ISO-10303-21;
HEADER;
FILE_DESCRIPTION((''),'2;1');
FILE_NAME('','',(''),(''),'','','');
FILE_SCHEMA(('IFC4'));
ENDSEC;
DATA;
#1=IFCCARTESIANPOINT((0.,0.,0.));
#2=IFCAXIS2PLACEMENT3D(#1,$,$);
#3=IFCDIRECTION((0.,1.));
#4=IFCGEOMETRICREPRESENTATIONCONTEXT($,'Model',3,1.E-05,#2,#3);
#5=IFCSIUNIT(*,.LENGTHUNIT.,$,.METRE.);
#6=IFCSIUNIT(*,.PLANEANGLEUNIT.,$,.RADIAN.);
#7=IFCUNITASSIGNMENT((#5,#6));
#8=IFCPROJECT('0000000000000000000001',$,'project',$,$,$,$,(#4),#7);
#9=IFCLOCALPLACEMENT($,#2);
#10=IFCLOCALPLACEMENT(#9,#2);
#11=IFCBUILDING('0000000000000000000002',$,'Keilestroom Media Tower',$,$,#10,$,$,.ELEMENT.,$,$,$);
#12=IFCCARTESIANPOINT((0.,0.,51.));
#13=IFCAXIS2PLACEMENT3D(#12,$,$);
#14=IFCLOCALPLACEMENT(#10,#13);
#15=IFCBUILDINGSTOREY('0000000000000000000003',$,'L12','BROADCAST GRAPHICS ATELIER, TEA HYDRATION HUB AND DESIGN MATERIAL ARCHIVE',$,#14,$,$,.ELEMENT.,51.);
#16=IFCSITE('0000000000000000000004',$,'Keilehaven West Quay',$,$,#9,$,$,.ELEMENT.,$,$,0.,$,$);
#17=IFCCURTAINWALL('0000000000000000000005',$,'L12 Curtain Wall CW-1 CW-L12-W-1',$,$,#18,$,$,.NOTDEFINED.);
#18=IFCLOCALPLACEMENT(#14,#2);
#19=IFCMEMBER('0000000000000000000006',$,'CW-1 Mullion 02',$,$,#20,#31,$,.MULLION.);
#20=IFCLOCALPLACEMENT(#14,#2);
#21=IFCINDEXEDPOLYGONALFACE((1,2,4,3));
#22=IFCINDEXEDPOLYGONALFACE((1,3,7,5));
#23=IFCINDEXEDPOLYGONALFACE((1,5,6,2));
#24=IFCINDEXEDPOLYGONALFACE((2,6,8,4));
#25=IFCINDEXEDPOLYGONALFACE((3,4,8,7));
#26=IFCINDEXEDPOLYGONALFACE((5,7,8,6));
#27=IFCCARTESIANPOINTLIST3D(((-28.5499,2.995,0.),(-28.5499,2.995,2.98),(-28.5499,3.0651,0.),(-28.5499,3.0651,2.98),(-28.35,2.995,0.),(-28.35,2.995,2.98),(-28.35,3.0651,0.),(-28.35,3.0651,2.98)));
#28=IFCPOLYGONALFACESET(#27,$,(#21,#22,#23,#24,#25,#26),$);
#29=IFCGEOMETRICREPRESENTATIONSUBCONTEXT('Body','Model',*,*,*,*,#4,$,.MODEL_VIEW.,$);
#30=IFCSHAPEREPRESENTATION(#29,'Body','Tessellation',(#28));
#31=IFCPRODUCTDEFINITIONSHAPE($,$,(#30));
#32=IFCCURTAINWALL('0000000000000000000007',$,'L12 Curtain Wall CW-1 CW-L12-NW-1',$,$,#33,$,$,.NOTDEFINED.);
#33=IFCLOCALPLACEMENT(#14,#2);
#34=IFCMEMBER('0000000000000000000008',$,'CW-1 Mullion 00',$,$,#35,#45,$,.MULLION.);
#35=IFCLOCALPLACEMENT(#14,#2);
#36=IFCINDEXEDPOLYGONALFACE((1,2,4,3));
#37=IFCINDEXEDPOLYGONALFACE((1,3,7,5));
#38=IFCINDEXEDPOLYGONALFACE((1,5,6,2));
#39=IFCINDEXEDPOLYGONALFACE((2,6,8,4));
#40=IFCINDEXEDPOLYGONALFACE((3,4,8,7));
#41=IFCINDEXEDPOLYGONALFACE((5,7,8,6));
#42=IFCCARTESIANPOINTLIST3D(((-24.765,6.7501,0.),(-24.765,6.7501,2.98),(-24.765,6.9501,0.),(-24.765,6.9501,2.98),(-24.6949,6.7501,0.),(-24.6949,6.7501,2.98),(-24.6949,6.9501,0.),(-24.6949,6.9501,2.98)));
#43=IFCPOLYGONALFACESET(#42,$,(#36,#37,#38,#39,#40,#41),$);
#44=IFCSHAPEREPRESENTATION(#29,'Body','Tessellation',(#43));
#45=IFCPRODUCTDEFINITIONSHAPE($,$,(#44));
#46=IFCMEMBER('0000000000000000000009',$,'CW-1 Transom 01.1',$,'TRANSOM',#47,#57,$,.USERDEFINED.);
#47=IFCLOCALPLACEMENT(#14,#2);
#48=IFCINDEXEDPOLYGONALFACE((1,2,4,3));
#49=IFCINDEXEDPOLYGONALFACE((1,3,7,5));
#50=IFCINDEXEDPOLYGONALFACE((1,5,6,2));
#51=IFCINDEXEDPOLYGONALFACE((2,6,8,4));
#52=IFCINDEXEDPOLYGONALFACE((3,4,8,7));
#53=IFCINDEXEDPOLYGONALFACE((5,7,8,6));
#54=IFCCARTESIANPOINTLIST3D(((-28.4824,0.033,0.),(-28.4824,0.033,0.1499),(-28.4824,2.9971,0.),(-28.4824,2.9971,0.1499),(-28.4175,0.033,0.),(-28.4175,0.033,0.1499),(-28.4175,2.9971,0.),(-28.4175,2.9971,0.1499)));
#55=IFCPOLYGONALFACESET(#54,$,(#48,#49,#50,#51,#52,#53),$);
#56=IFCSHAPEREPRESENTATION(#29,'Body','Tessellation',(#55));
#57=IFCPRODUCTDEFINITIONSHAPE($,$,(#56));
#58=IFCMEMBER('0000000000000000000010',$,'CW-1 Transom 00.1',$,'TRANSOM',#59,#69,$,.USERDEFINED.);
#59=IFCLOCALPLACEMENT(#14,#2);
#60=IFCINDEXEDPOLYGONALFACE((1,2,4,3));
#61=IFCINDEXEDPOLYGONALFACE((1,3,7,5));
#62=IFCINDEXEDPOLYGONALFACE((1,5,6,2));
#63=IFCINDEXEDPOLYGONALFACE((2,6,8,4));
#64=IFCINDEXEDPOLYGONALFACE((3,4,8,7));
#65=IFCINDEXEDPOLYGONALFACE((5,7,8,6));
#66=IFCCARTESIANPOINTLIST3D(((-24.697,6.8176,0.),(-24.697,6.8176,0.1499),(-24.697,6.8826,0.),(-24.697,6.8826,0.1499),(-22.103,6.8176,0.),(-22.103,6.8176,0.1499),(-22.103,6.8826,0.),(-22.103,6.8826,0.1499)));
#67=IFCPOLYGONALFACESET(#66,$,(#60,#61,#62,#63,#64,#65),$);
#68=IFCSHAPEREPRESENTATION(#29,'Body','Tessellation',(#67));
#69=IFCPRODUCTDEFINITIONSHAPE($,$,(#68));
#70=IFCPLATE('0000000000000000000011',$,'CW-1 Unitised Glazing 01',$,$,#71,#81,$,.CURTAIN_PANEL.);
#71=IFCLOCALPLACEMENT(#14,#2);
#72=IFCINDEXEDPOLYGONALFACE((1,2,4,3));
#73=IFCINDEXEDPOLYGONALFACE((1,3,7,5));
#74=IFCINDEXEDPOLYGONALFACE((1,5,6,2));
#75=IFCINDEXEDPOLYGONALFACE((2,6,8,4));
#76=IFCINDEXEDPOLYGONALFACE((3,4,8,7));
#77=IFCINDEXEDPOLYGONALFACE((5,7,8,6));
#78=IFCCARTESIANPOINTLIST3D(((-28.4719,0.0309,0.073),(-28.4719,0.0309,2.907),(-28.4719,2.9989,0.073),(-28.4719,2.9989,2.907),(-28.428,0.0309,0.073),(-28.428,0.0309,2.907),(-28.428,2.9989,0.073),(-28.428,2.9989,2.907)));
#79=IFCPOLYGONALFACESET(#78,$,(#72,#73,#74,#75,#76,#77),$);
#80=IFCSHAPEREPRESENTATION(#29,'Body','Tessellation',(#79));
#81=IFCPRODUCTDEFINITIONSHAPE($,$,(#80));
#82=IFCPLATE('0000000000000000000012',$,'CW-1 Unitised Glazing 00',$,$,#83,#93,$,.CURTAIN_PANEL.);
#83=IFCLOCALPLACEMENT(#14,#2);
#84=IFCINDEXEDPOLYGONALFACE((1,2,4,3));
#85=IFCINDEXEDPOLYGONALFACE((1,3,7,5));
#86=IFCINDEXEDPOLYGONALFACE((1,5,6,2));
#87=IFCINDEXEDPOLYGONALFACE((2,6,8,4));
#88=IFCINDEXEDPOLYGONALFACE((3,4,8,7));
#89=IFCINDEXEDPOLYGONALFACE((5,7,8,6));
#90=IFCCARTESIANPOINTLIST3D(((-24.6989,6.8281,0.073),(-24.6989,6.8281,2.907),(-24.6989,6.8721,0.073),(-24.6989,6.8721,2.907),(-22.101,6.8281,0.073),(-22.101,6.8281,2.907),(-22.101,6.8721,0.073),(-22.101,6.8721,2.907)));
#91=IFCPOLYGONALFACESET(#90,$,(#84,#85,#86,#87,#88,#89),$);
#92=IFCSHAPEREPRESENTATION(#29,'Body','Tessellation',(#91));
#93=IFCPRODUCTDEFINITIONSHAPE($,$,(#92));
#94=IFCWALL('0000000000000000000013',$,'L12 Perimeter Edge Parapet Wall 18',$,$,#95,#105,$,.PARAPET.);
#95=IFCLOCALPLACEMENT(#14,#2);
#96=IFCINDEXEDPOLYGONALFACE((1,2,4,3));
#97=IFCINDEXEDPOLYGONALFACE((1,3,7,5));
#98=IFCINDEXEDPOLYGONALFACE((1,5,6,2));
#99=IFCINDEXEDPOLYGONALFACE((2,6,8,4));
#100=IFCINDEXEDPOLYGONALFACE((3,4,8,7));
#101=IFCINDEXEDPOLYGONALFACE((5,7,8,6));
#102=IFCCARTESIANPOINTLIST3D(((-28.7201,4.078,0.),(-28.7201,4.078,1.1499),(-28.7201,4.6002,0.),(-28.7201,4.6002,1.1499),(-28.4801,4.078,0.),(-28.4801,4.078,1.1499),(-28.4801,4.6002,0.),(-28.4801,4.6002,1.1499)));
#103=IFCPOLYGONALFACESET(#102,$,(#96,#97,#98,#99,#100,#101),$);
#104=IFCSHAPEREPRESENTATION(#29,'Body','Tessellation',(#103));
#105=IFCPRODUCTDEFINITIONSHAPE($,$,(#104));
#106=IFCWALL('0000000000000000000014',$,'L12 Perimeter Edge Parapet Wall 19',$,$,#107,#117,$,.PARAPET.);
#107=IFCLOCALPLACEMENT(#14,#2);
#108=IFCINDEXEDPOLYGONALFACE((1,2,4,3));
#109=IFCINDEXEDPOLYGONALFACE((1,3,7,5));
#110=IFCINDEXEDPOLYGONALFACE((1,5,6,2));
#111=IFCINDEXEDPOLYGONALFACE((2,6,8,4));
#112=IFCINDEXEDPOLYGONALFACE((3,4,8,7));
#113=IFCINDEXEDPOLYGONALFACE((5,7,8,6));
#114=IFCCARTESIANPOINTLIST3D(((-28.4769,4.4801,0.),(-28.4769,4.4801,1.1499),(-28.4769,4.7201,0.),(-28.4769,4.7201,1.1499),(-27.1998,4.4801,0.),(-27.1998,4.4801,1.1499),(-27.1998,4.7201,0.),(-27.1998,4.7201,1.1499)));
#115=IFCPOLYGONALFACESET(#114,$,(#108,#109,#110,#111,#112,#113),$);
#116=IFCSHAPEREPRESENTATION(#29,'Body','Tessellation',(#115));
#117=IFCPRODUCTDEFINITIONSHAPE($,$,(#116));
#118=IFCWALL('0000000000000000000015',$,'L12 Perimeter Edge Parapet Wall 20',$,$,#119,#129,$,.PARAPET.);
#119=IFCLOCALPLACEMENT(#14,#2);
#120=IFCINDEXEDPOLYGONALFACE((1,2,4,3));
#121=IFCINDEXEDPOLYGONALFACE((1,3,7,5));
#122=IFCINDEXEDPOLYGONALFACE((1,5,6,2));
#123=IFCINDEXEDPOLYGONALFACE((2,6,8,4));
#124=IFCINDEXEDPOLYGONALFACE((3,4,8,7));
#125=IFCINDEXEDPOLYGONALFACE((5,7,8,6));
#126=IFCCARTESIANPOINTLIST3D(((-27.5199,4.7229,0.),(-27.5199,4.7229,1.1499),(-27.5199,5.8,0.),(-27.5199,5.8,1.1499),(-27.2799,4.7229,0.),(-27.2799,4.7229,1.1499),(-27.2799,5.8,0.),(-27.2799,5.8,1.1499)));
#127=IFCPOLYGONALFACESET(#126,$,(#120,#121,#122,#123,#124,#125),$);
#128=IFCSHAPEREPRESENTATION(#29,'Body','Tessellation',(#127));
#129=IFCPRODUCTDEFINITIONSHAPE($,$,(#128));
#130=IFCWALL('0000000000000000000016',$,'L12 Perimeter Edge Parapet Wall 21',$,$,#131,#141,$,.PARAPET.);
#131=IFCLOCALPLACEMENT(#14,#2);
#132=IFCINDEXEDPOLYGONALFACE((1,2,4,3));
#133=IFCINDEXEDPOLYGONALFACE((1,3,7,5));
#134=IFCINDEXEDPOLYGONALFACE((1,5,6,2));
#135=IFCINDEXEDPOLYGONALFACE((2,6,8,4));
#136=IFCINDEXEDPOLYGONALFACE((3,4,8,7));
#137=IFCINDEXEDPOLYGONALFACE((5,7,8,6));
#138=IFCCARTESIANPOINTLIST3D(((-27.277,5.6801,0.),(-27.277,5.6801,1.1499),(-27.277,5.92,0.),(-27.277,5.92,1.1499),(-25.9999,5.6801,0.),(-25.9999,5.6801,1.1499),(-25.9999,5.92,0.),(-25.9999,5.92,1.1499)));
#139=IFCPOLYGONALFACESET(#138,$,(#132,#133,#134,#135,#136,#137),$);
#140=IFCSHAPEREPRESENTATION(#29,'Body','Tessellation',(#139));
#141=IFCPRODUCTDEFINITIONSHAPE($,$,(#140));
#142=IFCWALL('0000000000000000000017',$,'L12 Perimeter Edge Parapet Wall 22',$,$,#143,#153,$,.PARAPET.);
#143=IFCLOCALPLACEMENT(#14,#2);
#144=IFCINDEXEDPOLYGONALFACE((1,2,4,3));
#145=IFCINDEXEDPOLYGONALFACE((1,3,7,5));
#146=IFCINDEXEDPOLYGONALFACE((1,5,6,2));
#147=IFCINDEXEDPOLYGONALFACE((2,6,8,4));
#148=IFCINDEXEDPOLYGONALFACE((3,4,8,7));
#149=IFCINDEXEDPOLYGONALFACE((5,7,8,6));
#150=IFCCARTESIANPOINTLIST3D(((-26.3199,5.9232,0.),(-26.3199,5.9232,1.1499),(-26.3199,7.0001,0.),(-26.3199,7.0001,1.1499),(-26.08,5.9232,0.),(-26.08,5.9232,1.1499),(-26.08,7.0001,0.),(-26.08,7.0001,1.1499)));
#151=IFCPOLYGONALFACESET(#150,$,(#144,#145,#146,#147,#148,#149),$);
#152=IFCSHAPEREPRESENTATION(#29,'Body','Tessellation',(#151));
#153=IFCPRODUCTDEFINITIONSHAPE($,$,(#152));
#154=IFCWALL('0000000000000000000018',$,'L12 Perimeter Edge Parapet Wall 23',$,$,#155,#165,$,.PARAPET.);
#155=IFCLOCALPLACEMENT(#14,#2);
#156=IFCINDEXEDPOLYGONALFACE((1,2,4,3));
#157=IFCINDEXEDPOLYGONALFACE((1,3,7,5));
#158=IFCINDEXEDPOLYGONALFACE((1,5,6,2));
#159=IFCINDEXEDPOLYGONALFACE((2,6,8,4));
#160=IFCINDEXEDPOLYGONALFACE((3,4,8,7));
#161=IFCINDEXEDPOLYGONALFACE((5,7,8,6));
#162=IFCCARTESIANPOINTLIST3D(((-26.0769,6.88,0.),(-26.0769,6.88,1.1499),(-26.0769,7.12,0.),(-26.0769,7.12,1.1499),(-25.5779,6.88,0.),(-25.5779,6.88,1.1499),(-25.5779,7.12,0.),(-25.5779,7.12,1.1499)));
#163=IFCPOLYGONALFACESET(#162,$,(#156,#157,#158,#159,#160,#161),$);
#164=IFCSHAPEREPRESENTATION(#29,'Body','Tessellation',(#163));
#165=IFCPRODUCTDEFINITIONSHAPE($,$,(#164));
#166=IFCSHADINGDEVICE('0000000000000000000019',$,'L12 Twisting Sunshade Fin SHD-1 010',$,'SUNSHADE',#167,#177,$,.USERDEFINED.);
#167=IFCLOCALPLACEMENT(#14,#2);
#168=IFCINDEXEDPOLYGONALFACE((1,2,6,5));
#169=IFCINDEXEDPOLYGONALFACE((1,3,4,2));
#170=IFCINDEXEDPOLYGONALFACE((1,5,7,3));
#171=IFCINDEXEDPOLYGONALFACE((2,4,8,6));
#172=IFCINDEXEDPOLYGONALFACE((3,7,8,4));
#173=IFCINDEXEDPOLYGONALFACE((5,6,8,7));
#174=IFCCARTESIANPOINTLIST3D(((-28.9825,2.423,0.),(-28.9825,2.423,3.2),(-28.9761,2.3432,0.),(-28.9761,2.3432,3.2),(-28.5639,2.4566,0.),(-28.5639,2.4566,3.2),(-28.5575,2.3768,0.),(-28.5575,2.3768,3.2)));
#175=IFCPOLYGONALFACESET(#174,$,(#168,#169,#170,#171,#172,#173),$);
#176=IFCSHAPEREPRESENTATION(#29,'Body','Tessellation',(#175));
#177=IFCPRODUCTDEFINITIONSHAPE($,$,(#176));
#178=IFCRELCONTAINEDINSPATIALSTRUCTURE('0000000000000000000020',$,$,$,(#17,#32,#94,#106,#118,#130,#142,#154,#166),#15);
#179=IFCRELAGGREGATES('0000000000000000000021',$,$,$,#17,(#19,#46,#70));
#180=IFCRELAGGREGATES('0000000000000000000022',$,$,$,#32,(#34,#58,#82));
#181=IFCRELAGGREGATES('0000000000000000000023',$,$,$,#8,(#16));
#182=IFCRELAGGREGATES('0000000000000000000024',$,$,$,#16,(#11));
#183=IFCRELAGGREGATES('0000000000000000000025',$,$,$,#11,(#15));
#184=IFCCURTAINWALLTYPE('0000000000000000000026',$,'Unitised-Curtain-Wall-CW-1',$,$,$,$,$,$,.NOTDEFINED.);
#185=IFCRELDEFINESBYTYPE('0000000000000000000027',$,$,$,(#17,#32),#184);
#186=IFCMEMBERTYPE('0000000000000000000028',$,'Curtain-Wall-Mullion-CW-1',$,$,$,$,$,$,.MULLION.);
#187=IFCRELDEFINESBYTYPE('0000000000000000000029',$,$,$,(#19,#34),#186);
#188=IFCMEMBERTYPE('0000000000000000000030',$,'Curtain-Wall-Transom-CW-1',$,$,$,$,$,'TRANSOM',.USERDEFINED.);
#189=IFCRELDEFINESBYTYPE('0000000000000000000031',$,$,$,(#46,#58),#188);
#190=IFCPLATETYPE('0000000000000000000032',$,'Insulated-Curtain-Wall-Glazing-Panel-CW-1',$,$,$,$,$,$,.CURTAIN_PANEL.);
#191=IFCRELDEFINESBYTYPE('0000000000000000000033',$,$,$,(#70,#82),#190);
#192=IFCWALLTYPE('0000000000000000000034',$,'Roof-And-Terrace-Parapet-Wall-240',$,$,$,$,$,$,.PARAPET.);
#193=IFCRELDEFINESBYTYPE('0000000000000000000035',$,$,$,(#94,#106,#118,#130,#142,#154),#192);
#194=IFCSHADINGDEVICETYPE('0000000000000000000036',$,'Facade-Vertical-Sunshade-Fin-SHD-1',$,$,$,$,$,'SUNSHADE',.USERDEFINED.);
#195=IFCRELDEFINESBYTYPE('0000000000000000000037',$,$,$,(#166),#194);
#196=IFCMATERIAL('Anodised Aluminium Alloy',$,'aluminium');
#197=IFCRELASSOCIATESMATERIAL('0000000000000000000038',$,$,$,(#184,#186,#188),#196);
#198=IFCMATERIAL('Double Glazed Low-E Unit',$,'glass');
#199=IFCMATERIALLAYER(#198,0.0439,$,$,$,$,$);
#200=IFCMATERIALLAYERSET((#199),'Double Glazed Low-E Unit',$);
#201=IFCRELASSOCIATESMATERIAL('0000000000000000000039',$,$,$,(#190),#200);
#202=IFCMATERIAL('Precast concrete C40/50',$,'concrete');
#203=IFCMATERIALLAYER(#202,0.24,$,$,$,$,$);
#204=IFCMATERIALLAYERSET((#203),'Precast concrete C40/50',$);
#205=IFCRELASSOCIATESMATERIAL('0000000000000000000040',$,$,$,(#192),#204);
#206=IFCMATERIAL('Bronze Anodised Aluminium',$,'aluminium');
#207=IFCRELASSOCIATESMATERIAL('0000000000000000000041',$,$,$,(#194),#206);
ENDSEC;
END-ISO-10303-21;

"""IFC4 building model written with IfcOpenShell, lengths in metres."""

from ifc_helpers import new_model, si_unit, direction, frame, frame_2d, origin, origin_2d, place, context, subcontext, project, spatial, rectangle, extrude, source, transform, mapped, material, layer, layer_set, material_profile, profile_set, type_object, element, aggregate, save


model = new_model("IFC4")

# Units and contexts
model_context = context("Model", 3, precision=1e-05, world=origin(), true_north=direction((0.0, 1.0)))
body_context = subcontext(model_context, "Body", "Model", "MODEL_VIEW")
ifc_project = project(units=[si_unit("LENGTHUNIT", "METRE"), si_unit("PLANEANGLEUNIT", "RADIAN")], contexts=[model_context])

# Site, building, storey
site_placement = place(None, origin())
site = spatial("IfcSite", under=ifc_project, at=site_placement, Name="Keilehaven West Quay", CompositionType="ELEMENT", RefElevation=0.0)
building_placement = place(site_placement, origin())
building = spatial("IfcBuilding", under=site, at=building_placement, Name="Keilestroom Media Tower", CompositionType="ELEMENT")
storey_placement = place(building_placement, frame((0.0, 0.0, 51.0)))
storey = spatial("IfcBuildingStorey", under=building, at=storey_placement, Name="L12", Description="BROADCAST GRAPHICS ATELIER, TEA HYDRATION HUB AND DESIGN MATERIAL ARCHIVE", CompositionType="ELEMENT", Elevation=51.0)

# Shared definitions
ifc_material_1 = material(Name="Precast concrete C40/50", Category="concrete")

# Curtain wall, member
ifc_material_2 = material(Name="Anodised Aluminium Alloy", Category="aluminium")
curtain_wall_type = type_object("IfcCurtainWallType", Name="Unitised-Curtain-Wall-CW-1", PredefinedType="NOTDEFINED", material=ifc_material_2)
curtain_wall_1_placement = place(storey_placement, origin())
curtain_wall_1 = element("IfcCurtainWall", 1, at=curtain_wall_1_placement, inside=storey, type_object=curtain_wall_type, Name="L12 Curtain Wall CW-1 CW-L12-W-1", PredefinedType="NOTDEFINED")
ifc_material_profile_1 = material_profile(ifc_material_2, rectangle(XDim=0.0701, YDim=0.2, at=origin_2d()), Name="ALU MULLION 70x200")
ifc_profile_set_1 = profile_set([ifc_material_profile_1], Name="Anodised Aluminium Alloy")
member_type_1 = type_object("IfcMemberType", Name="Curtain-Wall-Mullion-CW-1", PredefinedType="MULLION", material=ifc_profile_set_1)
shared_shape_1 = source(origin(), body_context, "Body", "SweptSolid", [
    extrude(rectangle(XDim=0.0701, YDim=0.2, at=origin_2d()), origin(), (0.0, 0.0, 1.0), 2.98),
])
member_1_placement = place(storey_placement, frame((-28.45, 3.03, 0.0), z_axis=(0.0, 0.0, 1.0), x_axis=(0.0, 1.0, 0.0)))
member_1 = element("IfcMember", 2, at=member_1_placement, type_object=member_type_1, Name="CW-1 Mullion 02", PredefinedType="MULLION", context=body_context, shape_type="MappedRepresentation", body=[
    mapped(shared_shape_1, transform((0.0, 0.0, 0.0), x_axis=(1.0, 0.0, 0.0), y_axis=(0.0, 1.0, 0.0), z_axis=(0.0, 0.0, 1.0), scale=1.0)),
])

# Curtain wall, member
curtain_wall_2_placement = place(storey_placement, origin())
curtain_wall_2 = element("IfcCurtainWall", 3, at=curtain_wall_2_placement, inside=storey, type_object=curtain_wall_type, Name="L12 Curtain Wall CW-1 CW-L12-NW-1", PredefinedType="NOTDEFINED")
member_2_placement = place(storey_placement, frame((-24.73, 6.8501, 0.0), z_axis=(0.0, 0.0, 1.0), x_axis=(1.0, 0.0, 0.0)))
member_2 = element("IfcMember", 4, at=member_2_placement, type_object=member_type_1, Name="CW-1 Mullion 00", PredefinedType="MULLION", context=body_context, shape_type="MappedRepresentation", body=[
    mapped(shared_shape_1, transform((0.0, 0.0, 0.0), x_axis=(1.0, 0.0, 0.0), y_axis=(0.0, 1.0, 0.0), z_axis=(0.0, 0.0, 1.0), scale=1.0)),
])

# Members
ifc_material_profile_2 = material_profile(ifc_material_2, rectangle(XDim=0.0649, YDim=0.1499, at=origin_2d()), Name="ALU TRANSOM 65x150")
ifc_profile_set_2 = profile_set([ifc_material_profile_2], Name="Anodised Aluminium Alloy")
member_type_2 = type_object("IfcMemberType", Name="Curtain-Wall-Transom-CW-1", ElementType="TRANSOM", PredefinedType="USERDEFINED", material=ifc_profile_set_2)
shared_shape_2 = source(origin(), body_context, "Body", "SweptSolid", [
    extrude(rectangle(XDim=0.0649, YDim=0.1499, at=origin_2d()), origin(), (0.0, 0.0, 1.0), 2.9641),
])
member_3_placement = place(storey_placement, frame((-28.45, 0.033, 0.075), z_axis=(0.0, 1.0, 0.0), x_axis=(-1.0, 0.0, 0.0)))
member_3 = element("IfcMember", 5, at=member_3_placement, type_object=member_type_2, Name="CW-1 Transom 01.1", ObjectType="TRANSOM", PredefinedType="USERDEFINED", context=body_context, shape_type="MappedRepresentation", body=[
    mapped(shared_shape_2, transform((0.0, 0.0, 0.0), x_axis=(1.0, 0.0, 0.0), y_axis=(0.0, 1.0, 0.0), z_axis=(0.0, 0.0, 1.0), scale=1.0)),
])
shared_shape_3 = source(origin(), body_context, "Body", "SweptSolid", [
    extrude(rectangle(XDim=0.0649, YDim=0.1499, at=origin_2d()), origin(), (0.0, 0.0, 1.0), 2.594),
])
member_4_placement = place(storey_placement, frame((-24.697, 6.8501, 0.075), z_axis=(1.0, 0.0, 0.0), x_axis=(0.0, 1.0, 0.0)))
member_4 = element("IfcMember", 6, at=member_4_placement, type_object=member_type_2, Name="CW-1 Transom 00.1", ObjectType="TRANSOM", PredefinedType="USERDEFINED", context=body_context, shape_type="MappedRepresentation", body=[
    mapped(shared_shape_3, transform((0.0, 0.0, 0.0), x_axis=(1.0, 0.0, 0.0), y_axis=(0.0, 1.0, 0.0), z_axis=(0.0, 0.0, 1.0), scale=1.0)),
])

# Plates
ifc_material_3 = material(Name="Double Glazed Low-E Unit", Category="glass")
ifc_layer_1 = layer(ifc_material_3, 0.0439)
ifc_layer_set_1 = layer_set([ifc_layer_1], Name="Double Glazed Low-E Unit")
plate_type = type_object("IfcPlateType", Name="Insulated-Curtain-Wall-Glazing-Panel-CW-1", PredefinedType="CURTAIN_PANEL", material=ifc_layer_set_1)
shared_shape_4 = source(origin(), body_context, "Body", "SweptSolid", [
    extrude(rectangle(XDim=2.968, YDim=0.0439, at=origin_2d()), origin(), (0.0, 0.0, 1.0), 2.834),
])
plate_1_placement = place(storey_placement, frame((-28.45, 1.5149, 0.073), z_axis=(0.0, 0.0, 1.0), x_axis=(0.0, 1.0, 0.0)))
plate_1 = element("IfcPlate", 7, at=plate_1_placement, type_object=plate_type, Name="CW-1 Unitised Glazing 01", PredefinedType="CURTAIN_PANEL", context=body_context, shape_type="MappedRepresentation", body=[
    mapped(shared_shape_4, transform((0.0, 0.0, 0.0), x_axis=(1.0, 0.0, 0.0), y_axis=(0.0, 1.0, 0.0), z_axis=(0.0, 0.0, 1.0), scale=1.0)),
])
aggregate(curtain_wall_1, [member_1, member_3, plate_1])
shared_shape_5 = source(origin(), body_context, "Body", "SweptSolid", [
    extrude(rectangle(XDim=2.5979, YDim=0.0439, at=origin_2d()), origin(), (0.0, 0.0, 1.0), 2.834),
])
plate_2_placement = place(storey_placement, frame((-23.3999, 6.8501, 0.073), z_axis=(0.0, 0.0, 1.0), x_axis=(1.0, 0.0, 0.0)))
plate_2 = element("IfcPlate", 8, at=plate_2_placement, type_object=plate_type, Name="CW-1 Unitised Glazing 00", PredefinedType="CURTAIN_PANEL", context=body_context, shape_type="MappedRepresentation", body=[
    mapped(shared_shape_5, transform((0.0, 0.0, 0.0), x_axis=(1.0, 0.0, 0.0), y_axis=(0.0, 1.0, 0.0), z_axis=(0.0, 0.0, 1.0), scale=1.0)),
])
aggregate(curtain_wall_2, [member_2, member_4, plate_2])

# Walls
ifc_layer_2 = layer(ifc_material_1, 0.24)
ifc_layer_set_2 = layer_set([ifc_layer_2], Name="Precast concrete C40/50")
wall_type = type_object("IfcWallType", Name="Roof-And-Terrace-Parapet-Wall-240", PredefinedType="PARAPET", material=ifc_layer_set_2)
wall_1_placement = place(storey_placement, frame((-28.6001, 4.0779, 0.0), z_axis=(0.0, 0.0, 1.0), x_axis=(0.0, 1.0, 0.0)))
element("IfcWall", 9, at=wall_1_placement, inside=storey, type_object=wall_type, Name="L12 Perimeter Edge Parapet Wall 18", PredefinedType="PARAPET", context=body_context, shape_type="SweptSolid", body=[
    extrude(rectangle(XDim=0.5222, YDim=0.24, at=frame_2d((0.2612, 0.0))), origin(), (0.0, 0.0, 1.0), 1.1499),
])
wall_2_placement = place(storey_placement, frame((-28.4771, 4.6001, 0.0), z_axis=(0.0, 0.0, 1.0), x_axis=(1.0, 0.0, 0.0)))
element("IfcWall", 10, at=wall_2_placement, inside=storey, type_object=wall_type, Name="L12 Perimeter Edge Parapet Wall 19", PredefinedType="PARAPET", context=body_context, shape_type="SweptSolid", body=[
    extrude(rectangle(XDim=1.2771, YDim=0.24, at=frame_2d((0.6387, 0.0))), origin(), (0.0, 0.0, 1.0), 1.1499),
])
wall_3_placement = place(storey_placement, frame((-27.3999, 4.7229, 0.0), z_axis=(0.0, 0.0, 1.0), x_axis=(0.0, 1.0, 0.0)))
element("IfcWall", 11, at=wall_3_placement, inside=storey, type_object=wall_type, Name="L12 Perimeter Edge Parapet Wall 20", PredefinedType="PARAPET", context=body_context, shape_type="SweptSolid", body=[
    extrude(rectangle(XDim=1.0771, YDim=0.24, at=frame_2d((0.5386, 0.0))), origin(), (0.0, 0.0, 1.0), 1.1499),
])
wall_4_placement = place(storey_placement, frame((-27.2771, 5.8, 0.0), z_axis=(0.0, 0.0, 1.0), x_axis=(1.0, 0.0, 0.0)))
element("IfcWall", 12, at=wall_4_placement, inside=storey, type_object=wall_type, Name="L12 Perimeter Edge Parapet Wall 21", PredefinedType="PARAPET", context=body_context, shape_type="SweptSolid", body=[
    extrude(rectangle(XDim=1.2771, YDim=0.24, at=frame_2d((0.6387, 0.0))), origin(), (0.0, 0.0, 1.0), 1.1499),
])
wall_5_placement = place(storey_placement, frame((-26.2, 5.9231, 0.0), z_axis=(0.0, 0.0, 1.0), x_axis=(0.0, 1.0, 0.0)))
element("IfcWall", 13, at=wall_5_placement, inside=storey, type_object=wall_type, Name="L12 Perimeter Edge Parapet Wall 22", PredefinedType="PARAPET", context=body_context, shape_type="SweptSolid", body=[
    extrude(rectangle(XDim=1.0769, YDim=0.24, at=frame_2d((0.5386, 0.0))), origin(), (0.0, 0.0, 1.0), 1.1499),
])
wall_6_placement = place(storey_placement, frame((-26.0769, 7.0, 0.0), z_axis=(0.0, 0.0, 1.0), x_axis=(1.0, 0.0, 0.0)))
element("IfcWall", 14, at=wall_6_placement, inside=storey, type_object=wall_type, Name="L12 Perimeter Edge Parapet Wall 23", PredefinedType="PARAPET", context=body_context, shape_type="SweptSolid", body=[
    extrude(rectangle(XDim=0.499, YDim=0.24, at=frame_2d((0.2495, 0.0))), origin(), (0.0, 0.0, 1.0), 1.1499),
])

# Shading device
ifc_material_4 = material(Name="Bronze Anodised Aluminium", Category="aluminium")
shading_device_type = type_object("IfcShadingDeviceType", Name="Facade-Vertical-Sunshade-Fin-SHD-1", ElementType="SUNSHADE", PredefinedType="USERDEFINED", material=ifc_material_4)
shared_shape_6 = source(origin(), body_context, "Body", "SweptSolid", [
    extrude(rectangle(XDim=0.4199, YDim=0.0801, at=origin_2d()), origin(), (0.0, 0.0, 1.0), 3.2),
])
shading_device_placement = place(storey_placement, frame((-28.77, 2.3999, 0.0), z_axis=(0.0, 0.0, 1.0), x_axis=(0.996793, 0.080025, 0.0)))
element("IfcShadingDevice", 15, at=shading_device_placement, inside=storey, type_object=shading_device_type, Name="L12 Twisting Sunshade Fin SHD-1 010", ObjectType="SUNSHADE", PredefinedType="USERDEFINED", context=body_context, shape_type="MappedRepresentation", body=[
    mapped(shared_shape_6, transform((0.0, 0.0, 0.0), x_axis=(1.0, 0.0, 0.0), y_axis=(0.0, 1.0, 0.0), z_axis=(0.0, 0.0, 1.0), scale=1.0)),
])

save(model, "model.ifc")
